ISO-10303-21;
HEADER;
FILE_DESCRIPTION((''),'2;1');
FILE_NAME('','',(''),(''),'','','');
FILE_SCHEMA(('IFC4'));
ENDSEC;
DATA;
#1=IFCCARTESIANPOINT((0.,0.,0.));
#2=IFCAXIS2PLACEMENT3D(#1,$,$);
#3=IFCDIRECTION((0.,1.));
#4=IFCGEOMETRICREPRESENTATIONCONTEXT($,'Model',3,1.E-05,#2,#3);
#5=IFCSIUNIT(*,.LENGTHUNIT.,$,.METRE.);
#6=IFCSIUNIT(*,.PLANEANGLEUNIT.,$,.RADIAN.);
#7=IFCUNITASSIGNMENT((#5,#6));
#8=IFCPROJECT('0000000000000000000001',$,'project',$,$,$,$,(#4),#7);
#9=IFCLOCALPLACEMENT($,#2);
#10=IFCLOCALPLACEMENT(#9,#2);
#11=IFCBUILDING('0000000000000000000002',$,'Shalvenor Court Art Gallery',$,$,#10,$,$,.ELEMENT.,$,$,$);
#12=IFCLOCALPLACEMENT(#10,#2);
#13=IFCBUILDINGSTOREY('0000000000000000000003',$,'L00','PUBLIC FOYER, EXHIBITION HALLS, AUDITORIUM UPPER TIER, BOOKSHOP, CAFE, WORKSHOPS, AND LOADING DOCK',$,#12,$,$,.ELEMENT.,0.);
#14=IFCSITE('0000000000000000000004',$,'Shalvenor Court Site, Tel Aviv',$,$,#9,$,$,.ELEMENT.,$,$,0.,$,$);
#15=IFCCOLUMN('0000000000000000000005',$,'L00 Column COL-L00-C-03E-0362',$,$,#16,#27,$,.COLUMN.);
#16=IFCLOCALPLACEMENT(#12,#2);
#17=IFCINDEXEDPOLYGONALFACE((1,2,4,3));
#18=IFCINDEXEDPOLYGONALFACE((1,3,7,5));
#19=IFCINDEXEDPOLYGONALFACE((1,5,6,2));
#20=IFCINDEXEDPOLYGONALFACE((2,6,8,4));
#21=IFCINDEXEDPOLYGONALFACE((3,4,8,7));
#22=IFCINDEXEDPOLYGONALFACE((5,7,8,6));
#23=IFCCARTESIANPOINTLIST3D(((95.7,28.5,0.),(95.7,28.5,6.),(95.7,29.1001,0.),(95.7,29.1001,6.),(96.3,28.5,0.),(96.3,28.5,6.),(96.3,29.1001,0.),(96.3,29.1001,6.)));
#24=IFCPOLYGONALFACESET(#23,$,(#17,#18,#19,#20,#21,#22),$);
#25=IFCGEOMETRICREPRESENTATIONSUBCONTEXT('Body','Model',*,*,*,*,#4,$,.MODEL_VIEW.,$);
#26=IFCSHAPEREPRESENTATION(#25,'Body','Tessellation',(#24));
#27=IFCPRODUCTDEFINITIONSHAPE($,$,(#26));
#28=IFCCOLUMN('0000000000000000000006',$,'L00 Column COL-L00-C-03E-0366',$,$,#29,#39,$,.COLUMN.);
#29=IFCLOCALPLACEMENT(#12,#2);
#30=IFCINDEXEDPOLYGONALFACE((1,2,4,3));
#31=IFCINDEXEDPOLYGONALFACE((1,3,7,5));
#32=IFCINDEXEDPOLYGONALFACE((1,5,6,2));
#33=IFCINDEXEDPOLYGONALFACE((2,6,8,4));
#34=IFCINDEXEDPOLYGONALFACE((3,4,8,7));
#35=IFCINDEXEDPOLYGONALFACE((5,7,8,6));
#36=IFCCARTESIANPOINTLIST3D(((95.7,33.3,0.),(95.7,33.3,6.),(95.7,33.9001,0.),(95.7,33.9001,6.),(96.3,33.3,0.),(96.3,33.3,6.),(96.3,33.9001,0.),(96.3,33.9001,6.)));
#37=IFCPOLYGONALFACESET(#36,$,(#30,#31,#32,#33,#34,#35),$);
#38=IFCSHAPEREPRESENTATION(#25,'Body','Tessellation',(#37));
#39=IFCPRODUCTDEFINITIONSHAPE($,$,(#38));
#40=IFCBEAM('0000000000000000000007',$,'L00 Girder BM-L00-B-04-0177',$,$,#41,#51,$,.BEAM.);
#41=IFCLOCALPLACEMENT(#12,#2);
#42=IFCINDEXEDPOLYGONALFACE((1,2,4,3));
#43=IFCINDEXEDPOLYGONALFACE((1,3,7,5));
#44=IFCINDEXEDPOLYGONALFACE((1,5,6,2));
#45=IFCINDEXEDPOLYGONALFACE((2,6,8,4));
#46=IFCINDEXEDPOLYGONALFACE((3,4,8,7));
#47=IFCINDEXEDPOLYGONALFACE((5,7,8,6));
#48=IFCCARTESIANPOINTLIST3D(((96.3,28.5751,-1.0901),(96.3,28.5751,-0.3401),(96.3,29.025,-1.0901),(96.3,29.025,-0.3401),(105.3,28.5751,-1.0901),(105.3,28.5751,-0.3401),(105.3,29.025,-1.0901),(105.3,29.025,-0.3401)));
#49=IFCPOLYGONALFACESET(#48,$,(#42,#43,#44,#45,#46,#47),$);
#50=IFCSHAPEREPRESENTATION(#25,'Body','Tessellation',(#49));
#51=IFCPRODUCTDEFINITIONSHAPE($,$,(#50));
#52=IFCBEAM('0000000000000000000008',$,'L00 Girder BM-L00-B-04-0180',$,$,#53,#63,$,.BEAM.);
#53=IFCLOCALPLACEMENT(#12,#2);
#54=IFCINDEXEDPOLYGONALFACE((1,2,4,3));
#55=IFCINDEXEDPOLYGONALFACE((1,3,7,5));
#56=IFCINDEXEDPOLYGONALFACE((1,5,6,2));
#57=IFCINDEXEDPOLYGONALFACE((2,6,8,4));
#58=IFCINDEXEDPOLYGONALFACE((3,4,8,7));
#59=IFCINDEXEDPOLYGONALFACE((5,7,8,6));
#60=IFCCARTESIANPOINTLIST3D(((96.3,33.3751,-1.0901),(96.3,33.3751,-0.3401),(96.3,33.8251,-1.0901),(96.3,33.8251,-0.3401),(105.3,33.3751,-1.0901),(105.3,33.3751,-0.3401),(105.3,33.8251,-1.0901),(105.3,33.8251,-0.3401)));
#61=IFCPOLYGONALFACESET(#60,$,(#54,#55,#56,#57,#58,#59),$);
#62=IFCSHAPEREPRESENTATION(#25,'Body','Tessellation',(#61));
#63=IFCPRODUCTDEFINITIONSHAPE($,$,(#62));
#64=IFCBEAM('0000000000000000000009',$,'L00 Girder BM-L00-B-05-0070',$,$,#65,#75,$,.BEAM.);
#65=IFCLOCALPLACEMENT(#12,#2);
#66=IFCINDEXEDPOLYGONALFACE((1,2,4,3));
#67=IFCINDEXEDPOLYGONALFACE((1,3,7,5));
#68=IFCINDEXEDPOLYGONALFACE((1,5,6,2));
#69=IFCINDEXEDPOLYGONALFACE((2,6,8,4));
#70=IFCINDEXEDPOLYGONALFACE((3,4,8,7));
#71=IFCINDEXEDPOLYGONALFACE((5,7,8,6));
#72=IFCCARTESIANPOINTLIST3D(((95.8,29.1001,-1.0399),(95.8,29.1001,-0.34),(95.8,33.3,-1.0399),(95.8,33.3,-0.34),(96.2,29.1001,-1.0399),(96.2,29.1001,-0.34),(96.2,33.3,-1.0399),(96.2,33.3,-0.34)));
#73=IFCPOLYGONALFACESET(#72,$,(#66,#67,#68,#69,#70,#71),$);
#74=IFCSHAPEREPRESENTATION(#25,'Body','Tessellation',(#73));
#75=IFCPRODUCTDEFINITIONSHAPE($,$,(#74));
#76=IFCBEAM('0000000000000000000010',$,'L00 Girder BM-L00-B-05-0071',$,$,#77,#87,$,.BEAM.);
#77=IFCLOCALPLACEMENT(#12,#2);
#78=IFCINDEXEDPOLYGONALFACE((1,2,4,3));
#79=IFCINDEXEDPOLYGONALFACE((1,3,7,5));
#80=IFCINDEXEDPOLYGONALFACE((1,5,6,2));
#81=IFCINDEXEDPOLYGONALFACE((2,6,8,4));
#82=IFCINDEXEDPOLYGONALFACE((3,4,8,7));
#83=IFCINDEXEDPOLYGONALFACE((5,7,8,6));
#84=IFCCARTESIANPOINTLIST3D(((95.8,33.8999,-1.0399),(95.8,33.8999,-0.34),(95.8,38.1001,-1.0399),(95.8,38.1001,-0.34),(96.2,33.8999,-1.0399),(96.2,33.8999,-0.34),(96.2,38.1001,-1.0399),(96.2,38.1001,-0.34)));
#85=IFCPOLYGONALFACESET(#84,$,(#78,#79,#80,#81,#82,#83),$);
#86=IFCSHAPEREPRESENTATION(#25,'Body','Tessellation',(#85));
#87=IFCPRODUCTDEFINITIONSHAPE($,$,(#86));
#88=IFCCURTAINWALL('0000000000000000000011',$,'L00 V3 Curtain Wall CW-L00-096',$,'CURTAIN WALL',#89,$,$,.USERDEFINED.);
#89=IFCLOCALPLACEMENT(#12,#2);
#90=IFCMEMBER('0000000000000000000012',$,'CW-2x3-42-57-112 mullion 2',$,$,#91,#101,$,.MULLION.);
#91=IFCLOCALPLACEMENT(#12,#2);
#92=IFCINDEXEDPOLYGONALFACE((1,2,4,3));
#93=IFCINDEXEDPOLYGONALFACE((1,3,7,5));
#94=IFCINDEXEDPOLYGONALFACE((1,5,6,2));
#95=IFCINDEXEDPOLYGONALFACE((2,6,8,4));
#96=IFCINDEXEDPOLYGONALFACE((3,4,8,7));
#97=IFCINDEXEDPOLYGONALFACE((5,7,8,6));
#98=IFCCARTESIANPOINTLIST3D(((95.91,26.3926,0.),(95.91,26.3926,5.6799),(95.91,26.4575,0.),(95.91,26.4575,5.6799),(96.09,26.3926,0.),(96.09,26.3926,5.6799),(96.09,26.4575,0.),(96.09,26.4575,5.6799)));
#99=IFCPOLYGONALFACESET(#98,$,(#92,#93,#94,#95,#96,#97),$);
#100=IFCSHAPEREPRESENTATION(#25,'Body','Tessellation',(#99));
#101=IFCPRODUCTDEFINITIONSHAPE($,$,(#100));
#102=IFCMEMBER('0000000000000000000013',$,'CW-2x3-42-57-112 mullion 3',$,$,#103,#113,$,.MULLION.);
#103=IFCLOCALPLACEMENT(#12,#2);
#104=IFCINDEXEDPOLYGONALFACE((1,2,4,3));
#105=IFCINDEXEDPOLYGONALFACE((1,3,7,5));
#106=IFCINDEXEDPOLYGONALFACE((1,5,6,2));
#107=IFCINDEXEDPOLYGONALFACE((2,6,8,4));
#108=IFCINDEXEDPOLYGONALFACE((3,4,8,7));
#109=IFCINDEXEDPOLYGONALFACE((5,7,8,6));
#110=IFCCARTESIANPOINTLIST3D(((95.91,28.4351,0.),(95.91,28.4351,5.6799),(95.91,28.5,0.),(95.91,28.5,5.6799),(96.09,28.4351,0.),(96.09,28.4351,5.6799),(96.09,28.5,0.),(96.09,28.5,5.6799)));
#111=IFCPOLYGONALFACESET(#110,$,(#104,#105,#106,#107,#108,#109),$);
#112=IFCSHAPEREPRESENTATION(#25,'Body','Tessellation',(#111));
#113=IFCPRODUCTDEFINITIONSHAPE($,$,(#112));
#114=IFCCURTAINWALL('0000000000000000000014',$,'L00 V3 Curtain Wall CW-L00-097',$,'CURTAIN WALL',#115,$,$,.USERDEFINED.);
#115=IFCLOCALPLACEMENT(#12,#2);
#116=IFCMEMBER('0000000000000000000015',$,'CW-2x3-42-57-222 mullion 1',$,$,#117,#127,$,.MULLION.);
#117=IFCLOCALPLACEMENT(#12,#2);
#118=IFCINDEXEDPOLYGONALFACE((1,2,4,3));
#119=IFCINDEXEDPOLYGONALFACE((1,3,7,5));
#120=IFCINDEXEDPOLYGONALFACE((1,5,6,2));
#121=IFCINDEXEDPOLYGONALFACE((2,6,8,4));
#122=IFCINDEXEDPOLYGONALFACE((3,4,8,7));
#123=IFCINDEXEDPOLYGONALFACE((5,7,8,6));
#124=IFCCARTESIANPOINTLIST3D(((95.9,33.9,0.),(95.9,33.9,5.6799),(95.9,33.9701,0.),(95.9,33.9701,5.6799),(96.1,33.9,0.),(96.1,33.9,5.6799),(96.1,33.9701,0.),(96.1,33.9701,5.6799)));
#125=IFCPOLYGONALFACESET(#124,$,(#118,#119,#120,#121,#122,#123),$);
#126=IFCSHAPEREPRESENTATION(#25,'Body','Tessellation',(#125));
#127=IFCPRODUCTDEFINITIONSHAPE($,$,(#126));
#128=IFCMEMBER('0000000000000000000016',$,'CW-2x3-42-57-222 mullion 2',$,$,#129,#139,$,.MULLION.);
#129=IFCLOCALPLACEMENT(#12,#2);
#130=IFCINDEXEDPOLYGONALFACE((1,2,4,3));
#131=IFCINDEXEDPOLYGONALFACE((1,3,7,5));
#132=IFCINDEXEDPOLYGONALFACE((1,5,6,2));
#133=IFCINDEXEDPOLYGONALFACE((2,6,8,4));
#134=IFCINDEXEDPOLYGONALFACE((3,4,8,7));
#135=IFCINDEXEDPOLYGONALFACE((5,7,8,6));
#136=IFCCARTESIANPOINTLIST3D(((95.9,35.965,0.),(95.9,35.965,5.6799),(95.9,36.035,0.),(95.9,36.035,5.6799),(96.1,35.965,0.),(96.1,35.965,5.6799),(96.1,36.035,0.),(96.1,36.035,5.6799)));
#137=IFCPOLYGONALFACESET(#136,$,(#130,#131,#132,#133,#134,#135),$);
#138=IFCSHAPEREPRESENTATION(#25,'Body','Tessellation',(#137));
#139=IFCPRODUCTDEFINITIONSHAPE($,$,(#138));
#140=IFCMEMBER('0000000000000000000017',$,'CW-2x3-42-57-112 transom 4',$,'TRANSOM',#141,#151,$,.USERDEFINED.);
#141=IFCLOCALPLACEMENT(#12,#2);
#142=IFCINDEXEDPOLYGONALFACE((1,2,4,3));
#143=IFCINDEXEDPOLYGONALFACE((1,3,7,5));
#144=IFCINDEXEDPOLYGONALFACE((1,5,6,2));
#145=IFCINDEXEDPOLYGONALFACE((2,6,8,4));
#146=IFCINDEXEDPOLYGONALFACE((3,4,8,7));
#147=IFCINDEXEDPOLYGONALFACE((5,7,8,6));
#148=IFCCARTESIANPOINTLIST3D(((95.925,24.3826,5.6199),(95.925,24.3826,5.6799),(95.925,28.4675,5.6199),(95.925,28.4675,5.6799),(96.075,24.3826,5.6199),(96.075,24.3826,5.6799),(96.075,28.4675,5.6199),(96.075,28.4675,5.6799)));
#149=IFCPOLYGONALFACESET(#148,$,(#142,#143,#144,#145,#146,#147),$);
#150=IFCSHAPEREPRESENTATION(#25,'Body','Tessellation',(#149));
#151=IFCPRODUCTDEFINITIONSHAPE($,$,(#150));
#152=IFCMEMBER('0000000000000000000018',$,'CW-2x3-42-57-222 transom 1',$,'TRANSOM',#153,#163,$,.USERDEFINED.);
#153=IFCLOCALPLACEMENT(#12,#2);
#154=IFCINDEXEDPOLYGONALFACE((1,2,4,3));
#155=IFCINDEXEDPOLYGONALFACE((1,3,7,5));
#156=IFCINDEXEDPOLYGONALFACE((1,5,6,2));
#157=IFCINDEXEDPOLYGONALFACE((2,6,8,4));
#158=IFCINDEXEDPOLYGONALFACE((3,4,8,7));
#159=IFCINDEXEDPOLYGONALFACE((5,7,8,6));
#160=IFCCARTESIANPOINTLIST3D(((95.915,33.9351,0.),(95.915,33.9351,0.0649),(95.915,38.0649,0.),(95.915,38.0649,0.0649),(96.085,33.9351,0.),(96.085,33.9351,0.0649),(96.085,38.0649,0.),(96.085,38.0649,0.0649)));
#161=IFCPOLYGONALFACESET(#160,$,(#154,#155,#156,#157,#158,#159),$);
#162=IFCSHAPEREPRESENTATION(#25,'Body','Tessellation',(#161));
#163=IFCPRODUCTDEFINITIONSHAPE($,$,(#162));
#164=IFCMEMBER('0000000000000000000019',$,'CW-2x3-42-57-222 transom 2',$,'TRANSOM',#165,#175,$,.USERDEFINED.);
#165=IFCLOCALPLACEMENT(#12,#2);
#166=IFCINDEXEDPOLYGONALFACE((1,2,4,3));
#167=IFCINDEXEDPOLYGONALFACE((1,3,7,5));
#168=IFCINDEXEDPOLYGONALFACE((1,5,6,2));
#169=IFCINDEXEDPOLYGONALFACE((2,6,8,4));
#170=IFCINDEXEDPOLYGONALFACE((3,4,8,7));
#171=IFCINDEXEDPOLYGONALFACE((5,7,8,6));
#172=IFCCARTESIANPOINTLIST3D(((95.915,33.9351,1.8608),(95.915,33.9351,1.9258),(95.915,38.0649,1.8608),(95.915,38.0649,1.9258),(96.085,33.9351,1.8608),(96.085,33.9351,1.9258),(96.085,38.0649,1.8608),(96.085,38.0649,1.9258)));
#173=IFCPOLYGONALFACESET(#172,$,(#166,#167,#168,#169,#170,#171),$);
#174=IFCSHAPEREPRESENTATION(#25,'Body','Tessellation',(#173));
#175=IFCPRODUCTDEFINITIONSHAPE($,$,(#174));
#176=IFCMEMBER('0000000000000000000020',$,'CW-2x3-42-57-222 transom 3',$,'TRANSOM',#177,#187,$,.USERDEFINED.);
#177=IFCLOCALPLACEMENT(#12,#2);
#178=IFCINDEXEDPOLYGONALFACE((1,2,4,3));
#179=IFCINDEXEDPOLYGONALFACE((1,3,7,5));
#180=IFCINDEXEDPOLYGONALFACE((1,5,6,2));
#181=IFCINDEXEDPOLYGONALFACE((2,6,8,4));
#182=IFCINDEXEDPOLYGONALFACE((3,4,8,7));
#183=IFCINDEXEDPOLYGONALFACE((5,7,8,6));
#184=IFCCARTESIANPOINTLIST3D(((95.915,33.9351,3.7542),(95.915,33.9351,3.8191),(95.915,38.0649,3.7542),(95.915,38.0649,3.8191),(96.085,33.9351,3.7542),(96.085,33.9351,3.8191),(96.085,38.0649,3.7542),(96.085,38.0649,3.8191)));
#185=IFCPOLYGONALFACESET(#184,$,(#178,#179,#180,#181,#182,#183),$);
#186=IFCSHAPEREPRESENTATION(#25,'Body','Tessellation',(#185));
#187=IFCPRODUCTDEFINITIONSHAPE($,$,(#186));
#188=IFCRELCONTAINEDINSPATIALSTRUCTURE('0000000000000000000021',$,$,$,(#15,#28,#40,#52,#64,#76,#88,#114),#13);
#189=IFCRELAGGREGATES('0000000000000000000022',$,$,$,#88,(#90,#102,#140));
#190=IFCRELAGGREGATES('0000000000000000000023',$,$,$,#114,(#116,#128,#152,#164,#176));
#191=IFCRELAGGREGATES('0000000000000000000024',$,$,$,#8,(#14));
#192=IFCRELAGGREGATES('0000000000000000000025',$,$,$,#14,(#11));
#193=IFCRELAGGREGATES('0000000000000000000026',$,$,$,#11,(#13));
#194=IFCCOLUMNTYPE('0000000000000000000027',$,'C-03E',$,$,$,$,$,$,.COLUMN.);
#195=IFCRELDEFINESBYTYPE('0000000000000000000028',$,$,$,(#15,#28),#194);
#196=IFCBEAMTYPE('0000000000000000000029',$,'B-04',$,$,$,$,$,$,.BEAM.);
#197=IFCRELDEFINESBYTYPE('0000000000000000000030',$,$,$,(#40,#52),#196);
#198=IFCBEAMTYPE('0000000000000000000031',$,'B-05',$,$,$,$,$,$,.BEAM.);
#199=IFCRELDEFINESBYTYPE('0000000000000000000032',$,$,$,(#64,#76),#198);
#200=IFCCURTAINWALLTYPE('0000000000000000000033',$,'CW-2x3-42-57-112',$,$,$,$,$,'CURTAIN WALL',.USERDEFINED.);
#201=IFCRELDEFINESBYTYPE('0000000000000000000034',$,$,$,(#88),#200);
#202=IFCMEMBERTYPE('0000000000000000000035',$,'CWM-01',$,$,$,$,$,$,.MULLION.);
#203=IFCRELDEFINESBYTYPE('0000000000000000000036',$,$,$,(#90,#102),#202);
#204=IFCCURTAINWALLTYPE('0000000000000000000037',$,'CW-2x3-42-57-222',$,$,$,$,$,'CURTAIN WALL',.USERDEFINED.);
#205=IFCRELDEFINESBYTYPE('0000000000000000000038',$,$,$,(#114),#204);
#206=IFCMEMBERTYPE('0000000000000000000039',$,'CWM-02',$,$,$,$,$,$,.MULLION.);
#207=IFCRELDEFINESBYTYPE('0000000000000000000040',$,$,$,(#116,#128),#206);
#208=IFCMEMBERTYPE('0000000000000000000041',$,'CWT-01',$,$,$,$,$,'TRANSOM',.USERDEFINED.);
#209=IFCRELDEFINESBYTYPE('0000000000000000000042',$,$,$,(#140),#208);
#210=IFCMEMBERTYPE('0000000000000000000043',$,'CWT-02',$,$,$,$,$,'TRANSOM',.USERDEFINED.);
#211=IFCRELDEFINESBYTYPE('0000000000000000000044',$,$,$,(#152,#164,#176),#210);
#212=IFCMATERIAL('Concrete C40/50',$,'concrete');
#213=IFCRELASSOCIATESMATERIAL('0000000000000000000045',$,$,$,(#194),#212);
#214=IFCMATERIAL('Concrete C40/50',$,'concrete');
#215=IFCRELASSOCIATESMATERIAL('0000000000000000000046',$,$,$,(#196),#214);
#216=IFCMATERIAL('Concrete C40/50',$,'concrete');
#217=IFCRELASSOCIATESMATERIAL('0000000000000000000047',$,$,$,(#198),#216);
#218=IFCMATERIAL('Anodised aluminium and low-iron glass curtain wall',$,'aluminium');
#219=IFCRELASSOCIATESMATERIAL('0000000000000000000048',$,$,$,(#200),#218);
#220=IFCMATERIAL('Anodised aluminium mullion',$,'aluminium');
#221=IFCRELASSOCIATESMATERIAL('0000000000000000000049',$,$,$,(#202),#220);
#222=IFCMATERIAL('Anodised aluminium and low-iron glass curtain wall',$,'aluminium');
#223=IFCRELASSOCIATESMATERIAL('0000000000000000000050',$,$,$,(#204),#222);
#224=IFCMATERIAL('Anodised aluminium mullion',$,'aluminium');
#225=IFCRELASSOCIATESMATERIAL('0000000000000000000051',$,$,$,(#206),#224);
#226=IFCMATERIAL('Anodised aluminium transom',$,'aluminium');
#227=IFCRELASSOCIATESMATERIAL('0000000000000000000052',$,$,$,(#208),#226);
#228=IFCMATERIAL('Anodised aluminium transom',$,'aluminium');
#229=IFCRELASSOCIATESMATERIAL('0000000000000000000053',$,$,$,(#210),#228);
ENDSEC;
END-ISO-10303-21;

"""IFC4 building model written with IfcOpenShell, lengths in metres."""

from ifc_helpers import new_model, si_unit, direction, frame, origin, origin_2d, place, context, subcontext, project, spatial, rectangle, extrude, material, material_profile, profile_set, type_object, element, aggregate, save


model = new_model("IFC4")

# Units and contexts
model_context = context("Model", 3, precision=1e-05, world=origin(), true_north=direction((0.0, 1.0)))
body_context = subcontext(model_context, "Body", "Model", "MODEL_VIEW")
ifc_project = project(units=[si_unit("LENGTHUNIT", "METRE"), si_unit("PLANEANGLEUNIT", "RADIAN")], contexts=[model_context])

# Site, building, storey
site_placement = place(None, origin())
site = spatial("IfcSite", under=ifc_project, at=site_placement, Name="Shalvenor Court Site, Tel Aviv", CompositionType="ELEMENT", RefElevation=0.0)
building_placement = place(site_placement, origin())
building = spatial("IfcBuilding", under=site, at=building_placement, Name="Shalvenor Court Art Gallery", CompositionType="ELEMENT")
storey_placement = place(building_placement, origin())
storey = spatial("IfcBuildingStorey", under=building, at=storey_placement, Name="L00", Description="PUBLIC FOYER, EXHIBITION HALLS, AUDITORIUM UPPER TIER, BOOKSHOP, CAFE, WORKSHOPS, AND LOADING DOCK", CompositionType="ELEMENT", Elevation=0.0)

# Columns
ifc_material_1 = material(Name="Concrete C40/50", Category="concrete")
ifc_material_profile_1 = material_profile(ifc_material_1, rectangle(XDim=0.6001, YDim=0.6001, at=origin_2d()), Name="RC 600x600")
ifc_profile_set_1 = profile_set([ifc_material_profile_1], Name="Concrete C40/50")
column_type = type_object("IfcColumnType", Name="C-03E", PredefinedType="COLUMN", material=ifc_profile_set_1)
for number, where, z_axis, x_axis, name in (
    (1, (96.0, 28.8, 0.0), (0.0, 0.0, 1.0), (1.0, 0.0, 0.0), "L00 Column COL-L00-C-03E-0362"),
    (2, (96.0, 33.6001, 0.0), (0.0, 0.0, 1.0), (1.0, 0.0, 0.0), "L00 Column COL-L00-C-03E-0366"),
):
    element("IfcColumn", number, at=place(storey_placement, frame(where, z_axis=z_axis, x_axis=x_axis)), inside=storey, type_object=column_type, Name=name, PredefinedType="COLUMN", context=body_context, shape_type="SweptSolid", body=[
        extrude(rectangle(XDim=0.6001, YDim=0.6001, at=origin_2d()), origin(), (0.0, 0.0, 1.0), 6.0),
    ])

# Beams
ifc_material_2 = material(Name="Concrete C40/50", Category="concrete")
ifc_material_profile_2 = material_profile(ifc_material_2, rectangle(XDim=0.45, YDim=0.75, at=origin_2d()), Name="RC 450x750")
ifc_profile_set_2 = profile_set([ifc_material_profile_2], Name="Concrete C40/50")
beam_type_1 = type_object("IfcBeamType", Name="B-04", PredefinedType="BEAM", material=ifc_profile_set_2)
for number, where, z_axis, x_axis, name in (
    (3, (96.3, 28.8, -0.7151), (1.0, 0.0, 0.0), (0.0, 1.0, 0.0), "L00 Girder BM-L00-B-04-0177"),
    (4, (96.3, 33.6001, -0.7151), (1.0, 0.0, 0.0), (0.0, 1.0, 0.0), "L00 Girder BM-L00-B-04-0180"),
):
    element("IfcBeam", number, at=place(storey_placement, frame(where, z_axis=z_axis, x_axis=x_axis)), inside=storey, type_object=beam_type_1, Name=name, PredefinedType="BEAM", context=body_context, shape_type="SweptSolid", body=[
        extrude(rectangle(XDim=0.45, YDim=0.75, at=origin_2d()), origin(), (0.0, 0.0, 1.0), 9.0),
    ])
ifc_material_3 = material(Name="Concrete C40/50", Category="concrete")
ifc_material_profile_3 = material_profile(ifc_material_3, rectangle(XDim=0.3999, YDim=0.7, at=origin_2d()), Name="RC 400x700")
ifc_profile_set_3 = profile_set([ifc_material_profile_3], Name="Concrete C40/50")
beam_type_2 = type_object("IfcBeamType", Name="B-05", PredefinedType="BEAM", material=ifc_profile_set_3)
beam_1_placement = place(storey_placement, frame((96.0, 29.1001, -0.6899), z_axis=(0.0, 1.0, 0.0), x_axis=(-1.0, 0.0, 0.0)))
element("IfcBeam", 5, at=beam_1_placement, inside=storey, type_object=beam_type_2, Name="L00 Girder BM-L00-B-05-0070", PredefinedType="BEAM", context=body_context, shape_type="SweptSolid", body=[
    extrude(rectangle(XDim=0.3999, YDim=0.7, at=origin_2d()), origin(), (0.0, 0.0, 1.0), 4.2),
])
beam_2_placement = place(storey_placement, frame((96.0, 33.8999, -0.6899), z_axis=(0.0, 1.0, 0.0), x_axis=(-1.0, 0.0, 0.0)))
element("IfcBeam", 6, at=beam_2_placement, inside=storey, type_object=beam_type_2, Name="L00 Girder BM-L00-B-05-0071", PredefinedType="BEAM", context=body_context, shape_type="SweptSolid", body=[
    extrude(rectangle(XDim=0.3999, YDim=0.7, at=origin_2d()), origin(), (0.0, 0.0, 1.0), 4.2002),
])

# Curtain walls, members
ifc_material_4 = material(Name="Anodised aluminium and low-iron glass curtain wall", Category="aluminium")
curtain_wall_type_1 = type_object("IfcCurtainWallType", Name="CW-2x3-42-57-112", ElementType="CURTAIN WALL", PredefinedType="USERDEFINED", material=ifc_material_4)
curtain_wall_1_placement = place(storey_placement, origin())
curtain_wall_1 = element("IfcCurtainWall", 7, at=curtain_wall_1_placement, inside=storey, type_object=curtain_wall_type_1, Name="L00 V3 Curtain Wall CW-L00-096", ObjectType="CURTAIN WALL", PredefinedType="USERDEFINED")
ifc_material_5 = material(Name="Anodised aluminium mullion", Category="aluminium")
ifc_material_profile_4 = material_profile(ifc_material_5, rectangle(XDim=0.0649, YDim=0.1799, at=origin_2d()), Name="CWM-01")
ifc_profile_set_4 = profile_set([ifc_material_profile_4], Name="Anodised aluminium mullion")
member_type_1 = type_object("IfcMemberType", Name="CWM-01", PredefinedType="MULLION", material=ifc_profile_set_4)
member_1_placement = place(storey_placement, frame((96.0, 26.425, 0.0), z_axis=(0.0, 0.0, 1.0), x_axis=(0.0, 1.0, 0.0)))
member_1 = element("IfcMember", 8, at=member_1_placement, type_object=member_type_1, Name="CW-2x3-42-57-112 mullion 2", PredefinedType="MULLION", context=body_context, shape_type="SweptSolid", body=[
    extrude(rectangle(XDim=0.0649, YDim=0.1799, at=origin_2d()), origin(), (0.0, 0.0, 1.0), 5.6799),
])
member_2_placement = place(storey_placement, frame((96.0, 28.4675, 0.0), z_axis=(0.0, 0.0, 1.0), x_axis=(0.0, 1.0, 0.0)))
member_2 = element("IfcMember", 9, at=member_2_placement, type_object=member_type_1, Name="CW-2x3-42-57-112 mullion 3", PredefinedType="MULLION", context=body_context, shape_type="SweptSolid", body=[
    extrude(rectangle(XDim=0.0649, YDim=0.1799, at=origin_2d()), origin(), (0.0, 0.0, 1.0), 5.6799),
])
ifc_material_6 = material(Name="Anodised aluminium and low-iron glass curtain wall", Category="aluminium")
curtain_wall_type_2 = type_object("IfcCurtainWallType", Name="CW-2x3-42-57-222", ElementType="CURTAIN WALL", PredefinedType="USERDEFINED", material=ifc_material_6)
curtain_wall_2_placement = place(storey_placement, origin())
curtain_wall_2 = element("IfcCurtainWall", 10, at=curtain_wall_2_placement, inside=storey, type_object=curtain_wall_type_2, Name="L00 V3 Curtain Wall CW-L00-097", ObjectType="CURTAIN WALL", PredefinedType="USERDEFINED")
ifc_material_7 = material(Name="Anodised aluminium mullion", Category="aluminium")
ifc_material_profile_5 = material_profile(ifc_material_7, rectangle(XDim=0.0701, YDim=0.2, at=origin_2d()), Name="CWM-02")
ifc_profile_set_5 = profile_set([ifc_material_profile_5], Name="Anodised aluminium mullion")
member_type_2 = type_object("IfcMemberType", Name="CWM-02", PredefinedType="MULLION", material=ifc_profile_set_5)
member_3_placement = place(storey_placement, frame((96.0, 33.9351, 0.0), z_axis=(0.0, 0.0, 1.0), x_axis=(0.0, 1.0, 0.0)))
member_3 = element("IfcMember", 11, at=member_3_placement, type_object=member_type_2, Name="CW-2x3-42-57-222 mullion 1", PredefinedType="MULLION", context=body_context, shape_type="SweptSolid", body=[
    extrude(rectangle(XDim=0.0701, YDim=0.2, at=origin_2d()), origin(), (0.0, 0.0, 1.0), 5.6799),
])
member_4_placement = place(storey_placement, frame((96.0, 36.0, 0.0), z_axis=(0.0, 0.0, 1.0), x_axis=(0.0, 1.0, 0.0)))
member_4 = element("IfcMember", 12, at=member_4_placement, type_object=member_type_2, Name="CW-2x3-42-57-222 mullion 2", PredefinedType="MULLION", context=body_context, shape_type="SweptSolid", body=[
    extrude(rectangle(XDim=0.0701, YDim=0.2, at=origin_2d()), origin(), (0.0, 0.0, 1.0), 5.6799),
])

# Members
ifc_material_8 = material(Name="Anodised aluminium transom", Category="aluminium")
ifc_material_profile_6 = material_profile(ifc_material_8, rectangle(XDim=0.1499, YDim=0.0601, at=origin_2d()), Name="CWT-01")
ifc_profile_set_6 = profile_set([ifc_material_profile_6], Name="Anodised aluminium transom")
member_type_3 = type_object("IfcMemberType", Name="CWT-01", ElementType="TRANSOM", PredefinedType="USERDEFINED", material=ifc_profile_set_6)
member_5_placement = place(storey_placement, frame((96.0, 24.3826, 5.6499), z_axis=(0.0, 1.0, 0.0), x_axis=(-1.0, 0.0, 0.0)))
member_5 = element("IfcMember", 13, at=member_5_placement, type_object=member_type_3, Name="CW-2x3-42-57-112 transom 4", ObjectType="TRANSOM", PredefinedType="USERDEFINED", context=body_context, shape_type="SweptSolid", body=[
    extrude(rectangle(XDim=0.1499, YDim=0.0601, at=origin_2d()), origin(), (0.0, 0.0, 1.0), 4.085),
])
ifc_material_9 = material(Name="Anodised aluminium transom", Category="aluminium")
ifc_material_profile_7 = material_profile(ifc_material_9, rectangle(XDim=0.1699, YDim=0.0649, at=origin_2d()), Name="CWT-02")
ifc_profile_set_7 = profile_set([ifc_material_profile_7], Name="Anodised aluminium transom")
member_type_4 = type_object("IfcMemberType", Name="CWT-02", ElementType="TRANSOM", PredefinedType="USERDEFINED", material=ifc_profile_set_7)
member_6_placement = place(storey_placement, frame((96.0, 33.9351, 0.0325), z_axis=(0.0, 1.0, 0.0), x_axis=(-1.0, 0.0, 0.0)))
member_6 = element("IfcMember", 14, at=member_6_placement, type_object=member_type_4, Name="CW-2x3-42-57-222 transom 1", ObjectType="TRANSOM", PredefinedType="USERDEFINED", context=body_context, shape_type="SweptSolid", body=[
    extrude(rectangle(XDim=0.1699, YDim=0.0649, at=origin_2d()), origin(), (0.0, 0.0, 1.0), 4.1299),
])
member_7_placement = place(storey_placement, frame((96.0, 33.9351, 1.8933), z_axis=(0.0, 1.0, 0.0), x_axis=(-1.0, 0.0, 0.0)))
member_7 = element("IfcMember", 15, at=member_7_placement, type_object=member_type_4, Name="CW-2x3-42-57-222 transom 2", ObjectType="TRANSOM", PredefinedType="USERDEFINED", context=body_context, shape_type="SweptSolid", body=[
    extrude(rectangle(XDim=0.1699, YDim=0.0649, at=origin_2d()), origin(), (0.0, 0.0, 1.0), 4.1299),
])
member_8_placement = place(storey_placement, frame((96.0, 33.9351, 3.7866), z_axis=(0.0, 1.0, 0.0), x_axis=(-1.0, 0.0, 0.0)))
member_8 = element("IfcMember", 16, at=member_8_placement, type_object=member_type_4, Name="CW-2x3-42-57-222 transom 3", ObjectType="TRANSOM", PredefinedType="USERDEFINED", context=body_context, shape_type="SweptSolid", body=[
    extrude(rectangle(XDim=0.1699, YDim=0.0649, at=origin_2d()), origin(), (0.0, 0.0, 1.0), 4.1299),
])

aggregate(curtain_wall_1, [member_1, member_2, member_5])
aggregate(curtain_wall_2, [member_3, member_4, member_6, member_7, member_8])

save(model, "model.ifc")
